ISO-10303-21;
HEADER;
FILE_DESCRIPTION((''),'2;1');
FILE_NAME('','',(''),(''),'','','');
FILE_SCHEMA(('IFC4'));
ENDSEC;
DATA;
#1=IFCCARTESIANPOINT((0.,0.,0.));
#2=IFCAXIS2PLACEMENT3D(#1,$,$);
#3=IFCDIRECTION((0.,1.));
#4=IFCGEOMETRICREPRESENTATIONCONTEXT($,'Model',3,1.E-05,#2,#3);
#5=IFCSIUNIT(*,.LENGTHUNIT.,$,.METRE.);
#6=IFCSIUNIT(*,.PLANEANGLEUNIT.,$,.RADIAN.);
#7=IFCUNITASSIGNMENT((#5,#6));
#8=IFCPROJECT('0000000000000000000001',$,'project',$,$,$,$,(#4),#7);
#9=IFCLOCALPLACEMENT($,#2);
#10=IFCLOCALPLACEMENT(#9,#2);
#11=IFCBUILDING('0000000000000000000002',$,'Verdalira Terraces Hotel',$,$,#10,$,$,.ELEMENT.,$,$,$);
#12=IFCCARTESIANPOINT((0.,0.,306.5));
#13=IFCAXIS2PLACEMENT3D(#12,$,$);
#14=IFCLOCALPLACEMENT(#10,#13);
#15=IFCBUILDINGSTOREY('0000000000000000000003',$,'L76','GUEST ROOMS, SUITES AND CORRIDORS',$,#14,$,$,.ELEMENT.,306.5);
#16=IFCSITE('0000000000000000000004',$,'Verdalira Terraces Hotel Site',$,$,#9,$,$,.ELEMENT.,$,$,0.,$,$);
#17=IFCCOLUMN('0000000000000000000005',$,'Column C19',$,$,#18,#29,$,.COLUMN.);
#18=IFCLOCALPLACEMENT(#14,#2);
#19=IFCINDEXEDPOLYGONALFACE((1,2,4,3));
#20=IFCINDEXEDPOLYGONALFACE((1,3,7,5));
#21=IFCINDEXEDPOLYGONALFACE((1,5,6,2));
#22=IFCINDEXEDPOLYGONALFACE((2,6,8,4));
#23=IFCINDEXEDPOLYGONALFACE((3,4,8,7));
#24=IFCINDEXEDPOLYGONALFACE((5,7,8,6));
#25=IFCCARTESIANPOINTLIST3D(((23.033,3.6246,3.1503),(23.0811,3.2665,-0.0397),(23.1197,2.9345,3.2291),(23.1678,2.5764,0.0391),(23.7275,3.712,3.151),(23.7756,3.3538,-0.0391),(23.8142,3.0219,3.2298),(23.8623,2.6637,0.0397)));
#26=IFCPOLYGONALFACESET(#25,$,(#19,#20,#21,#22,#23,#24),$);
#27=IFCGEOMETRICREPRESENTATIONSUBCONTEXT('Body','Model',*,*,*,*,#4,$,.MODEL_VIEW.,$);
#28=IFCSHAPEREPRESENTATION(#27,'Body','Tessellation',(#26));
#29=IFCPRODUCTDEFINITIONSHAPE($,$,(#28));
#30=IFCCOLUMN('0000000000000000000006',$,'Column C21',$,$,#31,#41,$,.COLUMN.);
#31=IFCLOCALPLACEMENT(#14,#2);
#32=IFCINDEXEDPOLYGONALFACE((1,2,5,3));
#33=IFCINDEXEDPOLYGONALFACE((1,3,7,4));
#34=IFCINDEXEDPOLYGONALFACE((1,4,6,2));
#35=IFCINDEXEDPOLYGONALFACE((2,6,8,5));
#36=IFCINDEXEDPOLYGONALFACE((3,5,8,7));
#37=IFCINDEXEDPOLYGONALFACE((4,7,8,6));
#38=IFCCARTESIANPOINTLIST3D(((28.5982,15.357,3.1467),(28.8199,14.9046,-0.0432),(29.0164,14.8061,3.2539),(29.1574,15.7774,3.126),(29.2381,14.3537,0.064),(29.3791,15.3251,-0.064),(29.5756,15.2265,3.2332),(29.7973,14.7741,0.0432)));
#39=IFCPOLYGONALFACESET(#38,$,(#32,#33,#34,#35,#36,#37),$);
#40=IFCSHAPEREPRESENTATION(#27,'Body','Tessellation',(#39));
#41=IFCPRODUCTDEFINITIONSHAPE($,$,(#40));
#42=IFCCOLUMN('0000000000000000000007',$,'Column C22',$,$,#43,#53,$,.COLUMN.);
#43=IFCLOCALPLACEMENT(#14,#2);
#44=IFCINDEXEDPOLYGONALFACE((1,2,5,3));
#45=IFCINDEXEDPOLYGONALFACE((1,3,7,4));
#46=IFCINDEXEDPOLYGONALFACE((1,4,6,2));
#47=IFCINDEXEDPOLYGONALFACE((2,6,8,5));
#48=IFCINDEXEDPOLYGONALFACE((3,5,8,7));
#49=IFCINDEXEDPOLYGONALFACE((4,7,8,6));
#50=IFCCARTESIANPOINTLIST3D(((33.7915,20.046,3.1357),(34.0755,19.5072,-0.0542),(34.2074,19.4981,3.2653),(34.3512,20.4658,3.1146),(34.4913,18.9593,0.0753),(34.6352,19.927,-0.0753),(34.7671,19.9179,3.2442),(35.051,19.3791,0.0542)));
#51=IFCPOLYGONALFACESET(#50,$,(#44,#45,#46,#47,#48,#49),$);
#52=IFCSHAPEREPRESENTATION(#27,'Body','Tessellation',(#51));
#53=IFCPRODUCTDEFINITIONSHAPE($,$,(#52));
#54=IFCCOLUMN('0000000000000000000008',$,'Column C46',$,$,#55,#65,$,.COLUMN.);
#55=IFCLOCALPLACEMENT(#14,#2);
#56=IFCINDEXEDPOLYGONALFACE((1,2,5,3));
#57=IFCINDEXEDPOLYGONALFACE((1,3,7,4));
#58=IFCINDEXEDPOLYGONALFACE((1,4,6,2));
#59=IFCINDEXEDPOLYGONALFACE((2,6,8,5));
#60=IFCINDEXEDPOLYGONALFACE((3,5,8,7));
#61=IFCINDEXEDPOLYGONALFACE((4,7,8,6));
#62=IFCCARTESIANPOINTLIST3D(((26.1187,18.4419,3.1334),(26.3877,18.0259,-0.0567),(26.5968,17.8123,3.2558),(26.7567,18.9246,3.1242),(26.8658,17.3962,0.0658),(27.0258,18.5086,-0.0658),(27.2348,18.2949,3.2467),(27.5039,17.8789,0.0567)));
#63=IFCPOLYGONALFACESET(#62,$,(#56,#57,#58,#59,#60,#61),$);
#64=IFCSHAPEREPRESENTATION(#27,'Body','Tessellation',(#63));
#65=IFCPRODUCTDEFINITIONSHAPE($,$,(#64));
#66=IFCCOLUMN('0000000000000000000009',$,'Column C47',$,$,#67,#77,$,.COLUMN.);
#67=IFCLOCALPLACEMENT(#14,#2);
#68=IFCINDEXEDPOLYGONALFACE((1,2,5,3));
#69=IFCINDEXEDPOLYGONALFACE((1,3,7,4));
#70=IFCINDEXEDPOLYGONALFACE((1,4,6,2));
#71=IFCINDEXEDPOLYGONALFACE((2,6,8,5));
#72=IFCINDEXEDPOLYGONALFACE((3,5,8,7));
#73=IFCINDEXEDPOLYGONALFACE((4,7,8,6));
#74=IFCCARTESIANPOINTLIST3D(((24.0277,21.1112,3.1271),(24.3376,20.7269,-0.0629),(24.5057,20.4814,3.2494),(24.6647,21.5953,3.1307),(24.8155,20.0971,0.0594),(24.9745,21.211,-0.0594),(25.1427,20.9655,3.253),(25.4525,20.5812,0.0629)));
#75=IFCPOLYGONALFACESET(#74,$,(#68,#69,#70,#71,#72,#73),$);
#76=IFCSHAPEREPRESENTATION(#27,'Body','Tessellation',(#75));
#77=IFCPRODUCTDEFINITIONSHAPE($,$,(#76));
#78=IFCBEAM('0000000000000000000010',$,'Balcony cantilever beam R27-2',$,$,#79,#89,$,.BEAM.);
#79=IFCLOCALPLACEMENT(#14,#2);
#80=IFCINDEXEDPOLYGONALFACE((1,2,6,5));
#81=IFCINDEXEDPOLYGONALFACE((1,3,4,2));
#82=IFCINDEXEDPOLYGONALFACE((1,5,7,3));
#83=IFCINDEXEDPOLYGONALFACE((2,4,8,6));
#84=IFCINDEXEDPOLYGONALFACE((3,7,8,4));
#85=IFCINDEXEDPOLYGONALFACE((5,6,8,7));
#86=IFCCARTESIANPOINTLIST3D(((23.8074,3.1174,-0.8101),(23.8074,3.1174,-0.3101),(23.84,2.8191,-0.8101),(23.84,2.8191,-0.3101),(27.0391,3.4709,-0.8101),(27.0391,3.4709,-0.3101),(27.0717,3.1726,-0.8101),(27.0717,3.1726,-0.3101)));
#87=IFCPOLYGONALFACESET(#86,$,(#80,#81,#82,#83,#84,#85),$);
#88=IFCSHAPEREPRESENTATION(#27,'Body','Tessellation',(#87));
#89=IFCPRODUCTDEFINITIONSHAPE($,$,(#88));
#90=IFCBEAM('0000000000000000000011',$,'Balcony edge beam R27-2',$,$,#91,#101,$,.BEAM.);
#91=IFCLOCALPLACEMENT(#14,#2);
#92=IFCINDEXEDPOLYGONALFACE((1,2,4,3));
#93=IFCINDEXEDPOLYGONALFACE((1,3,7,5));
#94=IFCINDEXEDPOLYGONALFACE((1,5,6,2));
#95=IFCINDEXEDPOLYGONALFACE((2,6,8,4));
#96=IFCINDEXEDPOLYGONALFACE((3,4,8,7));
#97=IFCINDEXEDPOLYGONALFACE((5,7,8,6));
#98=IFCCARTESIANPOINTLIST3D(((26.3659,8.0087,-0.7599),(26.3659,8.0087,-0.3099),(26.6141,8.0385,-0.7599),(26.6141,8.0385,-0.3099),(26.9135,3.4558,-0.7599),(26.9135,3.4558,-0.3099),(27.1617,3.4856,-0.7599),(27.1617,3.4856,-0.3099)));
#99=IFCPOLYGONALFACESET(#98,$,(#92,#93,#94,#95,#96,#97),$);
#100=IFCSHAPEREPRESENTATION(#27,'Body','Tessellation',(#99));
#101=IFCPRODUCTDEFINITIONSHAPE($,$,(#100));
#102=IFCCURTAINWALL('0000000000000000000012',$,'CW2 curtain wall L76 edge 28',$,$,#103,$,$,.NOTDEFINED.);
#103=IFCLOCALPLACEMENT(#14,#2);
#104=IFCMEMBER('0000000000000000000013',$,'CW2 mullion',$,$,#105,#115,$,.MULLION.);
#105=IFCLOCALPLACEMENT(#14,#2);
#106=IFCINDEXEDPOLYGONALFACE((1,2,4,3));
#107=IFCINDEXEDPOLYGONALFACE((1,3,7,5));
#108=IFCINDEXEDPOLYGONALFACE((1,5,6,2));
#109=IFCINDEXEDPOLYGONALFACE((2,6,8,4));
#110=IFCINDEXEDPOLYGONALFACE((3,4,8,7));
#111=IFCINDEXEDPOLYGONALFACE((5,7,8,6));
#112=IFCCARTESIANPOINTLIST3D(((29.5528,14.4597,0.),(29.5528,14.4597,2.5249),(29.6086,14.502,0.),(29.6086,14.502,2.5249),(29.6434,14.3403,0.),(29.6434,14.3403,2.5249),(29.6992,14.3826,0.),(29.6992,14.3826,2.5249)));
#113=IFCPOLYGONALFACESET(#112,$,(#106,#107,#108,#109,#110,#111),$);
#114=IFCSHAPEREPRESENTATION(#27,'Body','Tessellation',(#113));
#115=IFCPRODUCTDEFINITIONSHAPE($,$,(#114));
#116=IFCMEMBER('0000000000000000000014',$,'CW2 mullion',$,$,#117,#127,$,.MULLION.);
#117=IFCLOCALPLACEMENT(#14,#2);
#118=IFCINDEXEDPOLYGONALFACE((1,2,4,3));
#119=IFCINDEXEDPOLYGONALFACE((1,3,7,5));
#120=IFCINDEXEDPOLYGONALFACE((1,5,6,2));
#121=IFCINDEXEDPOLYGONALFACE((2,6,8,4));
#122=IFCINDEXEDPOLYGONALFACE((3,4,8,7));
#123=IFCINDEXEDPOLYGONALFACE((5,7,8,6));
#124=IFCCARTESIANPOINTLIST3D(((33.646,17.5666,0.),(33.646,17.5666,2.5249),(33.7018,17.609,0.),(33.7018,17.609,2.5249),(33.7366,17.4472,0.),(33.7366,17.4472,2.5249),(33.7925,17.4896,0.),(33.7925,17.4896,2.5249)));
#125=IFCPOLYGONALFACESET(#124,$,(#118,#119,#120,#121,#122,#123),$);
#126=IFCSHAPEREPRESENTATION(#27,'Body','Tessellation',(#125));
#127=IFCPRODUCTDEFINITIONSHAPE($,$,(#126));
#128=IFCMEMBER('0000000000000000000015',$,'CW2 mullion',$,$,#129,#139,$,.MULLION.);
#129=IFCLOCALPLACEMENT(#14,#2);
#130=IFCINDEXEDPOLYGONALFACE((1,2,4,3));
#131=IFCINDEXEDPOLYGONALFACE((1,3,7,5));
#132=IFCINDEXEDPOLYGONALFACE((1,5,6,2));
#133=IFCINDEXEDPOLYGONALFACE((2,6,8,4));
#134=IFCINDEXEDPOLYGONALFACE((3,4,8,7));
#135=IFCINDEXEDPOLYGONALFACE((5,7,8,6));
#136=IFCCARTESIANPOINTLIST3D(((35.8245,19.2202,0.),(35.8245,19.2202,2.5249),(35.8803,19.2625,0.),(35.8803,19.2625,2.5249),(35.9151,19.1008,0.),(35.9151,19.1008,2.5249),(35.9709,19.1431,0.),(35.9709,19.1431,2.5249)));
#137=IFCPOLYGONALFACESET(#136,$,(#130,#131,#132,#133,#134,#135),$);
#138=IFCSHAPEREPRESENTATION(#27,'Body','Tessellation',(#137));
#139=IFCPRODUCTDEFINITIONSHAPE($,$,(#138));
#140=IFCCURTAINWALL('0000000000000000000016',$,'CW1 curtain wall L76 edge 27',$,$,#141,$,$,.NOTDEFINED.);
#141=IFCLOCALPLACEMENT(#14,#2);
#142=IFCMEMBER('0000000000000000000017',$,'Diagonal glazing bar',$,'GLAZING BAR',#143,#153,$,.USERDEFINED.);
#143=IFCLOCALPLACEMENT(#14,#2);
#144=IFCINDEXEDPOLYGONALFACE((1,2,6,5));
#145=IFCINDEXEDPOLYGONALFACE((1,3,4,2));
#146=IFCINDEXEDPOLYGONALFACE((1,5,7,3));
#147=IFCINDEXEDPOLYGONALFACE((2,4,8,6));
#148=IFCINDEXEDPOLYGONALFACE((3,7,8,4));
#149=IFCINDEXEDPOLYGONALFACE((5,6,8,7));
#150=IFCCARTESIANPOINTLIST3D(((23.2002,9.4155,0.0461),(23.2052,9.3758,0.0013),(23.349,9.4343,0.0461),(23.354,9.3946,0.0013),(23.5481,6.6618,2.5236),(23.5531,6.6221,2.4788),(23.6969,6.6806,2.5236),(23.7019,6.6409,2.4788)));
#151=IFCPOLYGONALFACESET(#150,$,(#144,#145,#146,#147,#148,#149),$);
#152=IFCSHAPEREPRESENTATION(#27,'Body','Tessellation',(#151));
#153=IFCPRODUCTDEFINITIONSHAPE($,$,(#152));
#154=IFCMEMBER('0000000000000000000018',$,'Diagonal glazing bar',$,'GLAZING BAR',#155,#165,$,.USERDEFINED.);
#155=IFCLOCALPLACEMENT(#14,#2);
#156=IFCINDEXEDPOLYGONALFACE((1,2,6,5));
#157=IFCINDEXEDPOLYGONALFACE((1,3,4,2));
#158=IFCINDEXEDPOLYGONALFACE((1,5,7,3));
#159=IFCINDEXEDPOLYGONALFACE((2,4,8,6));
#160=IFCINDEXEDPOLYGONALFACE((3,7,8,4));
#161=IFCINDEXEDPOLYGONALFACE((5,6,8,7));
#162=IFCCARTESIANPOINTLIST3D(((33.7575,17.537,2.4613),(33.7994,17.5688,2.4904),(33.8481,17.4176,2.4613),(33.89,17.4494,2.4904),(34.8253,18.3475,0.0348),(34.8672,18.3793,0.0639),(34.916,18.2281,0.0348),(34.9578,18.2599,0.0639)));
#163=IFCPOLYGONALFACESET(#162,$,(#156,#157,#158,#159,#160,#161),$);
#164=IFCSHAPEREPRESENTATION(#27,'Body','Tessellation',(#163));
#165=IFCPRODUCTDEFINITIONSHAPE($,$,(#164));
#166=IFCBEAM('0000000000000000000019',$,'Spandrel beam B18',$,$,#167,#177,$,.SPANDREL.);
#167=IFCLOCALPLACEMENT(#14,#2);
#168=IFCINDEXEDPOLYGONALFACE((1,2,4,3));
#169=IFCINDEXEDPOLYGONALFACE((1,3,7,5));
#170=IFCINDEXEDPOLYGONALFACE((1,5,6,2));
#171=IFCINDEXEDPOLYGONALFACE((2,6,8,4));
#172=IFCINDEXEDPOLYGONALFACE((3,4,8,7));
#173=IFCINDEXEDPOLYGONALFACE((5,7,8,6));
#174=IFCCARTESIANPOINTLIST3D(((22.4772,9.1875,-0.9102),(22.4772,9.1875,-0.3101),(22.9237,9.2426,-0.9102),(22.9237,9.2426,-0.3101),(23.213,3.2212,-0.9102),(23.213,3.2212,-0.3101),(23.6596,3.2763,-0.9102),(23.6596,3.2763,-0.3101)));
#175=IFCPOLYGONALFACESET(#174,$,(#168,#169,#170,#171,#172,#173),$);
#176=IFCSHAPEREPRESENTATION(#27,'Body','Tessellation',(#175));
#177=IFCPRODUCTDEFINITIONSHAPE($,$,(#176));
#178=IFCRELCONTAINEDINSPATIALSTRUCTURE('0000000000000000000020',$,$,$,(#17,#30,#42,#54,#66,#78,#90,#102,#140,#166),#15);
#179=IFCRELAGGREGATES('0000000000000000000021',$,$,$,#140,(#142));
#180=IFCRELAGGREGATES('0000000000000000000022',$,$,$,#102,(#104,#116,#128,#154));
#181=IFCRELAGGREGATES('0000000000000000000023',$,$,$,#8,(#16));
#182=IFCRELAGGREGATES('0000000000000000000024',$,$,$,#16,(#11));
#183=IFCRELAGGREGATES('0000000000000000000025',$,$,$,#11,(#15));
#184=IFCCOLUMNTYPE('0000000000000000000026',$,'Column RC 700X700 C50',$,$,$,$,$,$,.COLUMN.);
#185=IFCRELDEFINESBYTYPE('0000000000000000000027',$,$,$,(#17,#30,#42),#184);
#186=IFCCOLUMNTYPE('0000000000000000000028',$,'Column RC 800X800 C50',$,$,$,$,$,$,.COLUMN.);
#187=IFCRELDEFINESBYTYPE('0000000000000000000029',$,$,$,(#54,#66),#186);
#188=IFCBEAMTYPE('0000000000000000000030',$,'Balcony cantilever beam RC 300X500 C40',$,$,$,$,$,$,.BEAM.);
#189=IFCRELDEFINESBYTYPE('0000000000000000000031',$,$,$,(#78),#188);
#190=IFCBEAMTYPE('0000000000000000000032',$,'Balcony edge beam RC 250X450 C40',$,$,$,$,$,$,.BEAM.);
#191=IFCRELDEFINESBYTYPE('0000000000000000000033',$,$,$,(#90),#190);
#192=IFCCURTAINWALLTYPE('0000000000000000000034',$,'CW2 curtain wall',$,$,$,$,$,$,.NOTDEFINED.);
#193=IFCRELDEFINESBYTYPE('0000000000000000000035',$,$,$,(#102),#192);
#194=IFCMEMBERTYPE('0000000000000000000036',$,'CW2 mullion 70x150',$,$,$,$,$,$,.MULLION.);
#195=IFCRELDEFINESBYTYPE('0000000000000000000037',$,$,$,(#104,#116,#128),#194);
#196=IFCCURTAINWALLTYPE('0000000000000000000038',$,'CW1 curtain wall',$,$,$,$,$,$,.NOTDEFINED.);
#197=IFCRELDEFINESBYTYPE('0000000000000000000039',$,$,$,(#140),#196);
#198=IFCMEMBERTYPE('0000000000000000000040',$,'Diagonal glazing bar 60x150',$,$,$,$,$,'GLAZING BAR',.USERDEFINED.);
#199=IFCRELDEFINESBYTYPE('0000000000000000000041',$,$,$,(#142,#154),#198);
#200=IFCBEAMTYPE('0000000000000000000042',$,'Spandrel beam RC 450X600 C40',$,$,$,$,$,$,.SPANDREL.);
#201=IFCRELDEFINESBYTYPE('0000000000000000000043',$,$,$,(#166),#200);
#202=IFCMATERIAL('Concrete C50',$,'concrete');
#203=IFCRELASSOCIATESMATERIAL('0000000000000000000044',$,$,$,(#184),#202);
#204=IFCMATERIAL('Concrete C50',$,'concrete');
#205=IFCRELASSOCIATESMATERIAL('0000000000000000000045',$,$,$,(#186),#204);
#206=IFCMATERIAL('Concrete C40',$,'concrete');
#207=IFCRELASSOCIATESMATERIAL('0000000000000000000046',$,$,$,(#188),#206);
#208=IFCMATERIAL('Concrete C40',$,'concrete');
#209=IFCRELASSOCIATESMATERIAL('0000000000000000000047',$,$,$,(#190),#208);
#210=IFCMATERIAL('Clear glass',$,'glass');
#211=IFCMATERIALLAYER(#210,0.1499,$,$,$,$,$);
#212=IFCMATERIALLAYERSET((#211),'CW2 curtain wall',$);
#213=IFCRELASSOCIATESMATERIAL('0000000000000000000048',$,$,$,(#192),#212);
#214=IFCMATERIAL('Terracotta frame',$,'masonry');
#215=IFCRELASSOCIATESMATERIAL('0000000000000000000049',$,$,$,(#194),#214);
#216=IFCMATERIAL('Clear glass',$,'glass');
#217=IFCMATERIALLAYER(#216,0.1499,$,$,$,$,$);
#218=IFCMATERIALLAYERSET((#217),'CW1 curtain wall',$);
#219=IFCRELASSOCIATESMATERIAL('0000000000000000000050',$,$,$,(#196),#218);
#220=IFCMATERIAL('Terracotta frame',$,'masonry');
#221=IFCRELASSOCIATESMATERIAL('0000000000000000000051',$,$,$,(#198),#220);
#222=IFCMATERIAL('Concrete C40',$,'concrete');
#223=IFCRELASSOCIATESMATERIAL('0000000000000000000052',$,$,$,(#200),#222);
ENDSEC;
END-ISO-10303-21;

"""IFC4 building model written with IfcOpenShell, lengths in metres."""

from ifc_helpers import new_model, si_unit, direction, frame, origin, origin_2d, place, context, subcontext, project, spatial, rectangle, extrude, material, layer, layer_set, material_profile, profile_set, type_object, element, aggregate, save


model = new_model("IFC4")

# Units and contexts
model_context = context("Model", 3, precision=1e-05, world=origin(), true_north=direction((0.0, 1.0)))
body_context = subcontext(model_context, "Body", "Model", "MODEL_VIEW")
ifc_project = project(units=[si_unit("LENGTHUNIT", "METRE"), si_unit("PLANEANGLEUNIT", "RADIAN")], contexts=[model_context])

# Site, building, storey
site_placement = place(None, origin())
site = spatial("IfcSite", under=ifc_project, at=site_placement, Name="Verdalira Terraces Hotel Site", CompositionType="ELEMENT", RefElevation=0.0)
building_placement = place(site_placement, origin())
building = spatial("IfcBuilding", under=site, at=building_placement, Name="Verdalira Terraces Hotel", CompositionType="ELEMENT")
storey_placement = place(building_placement, frame((0.0, 0.0, 306.5)))
storey = spatial("IfcBuildingStorey", under=building, at=storey_placement, Name="L76", Description="GUEST ROOMS, SUITES AND CORRIDORS", CompositionType="ELEMENT", Elevation=306.5)

# Columns
ifc_material_1 = material(Name="Concrete C50", Category="concrete")
ifc_material_profile_1 = material_profile(ifc_material_1, rectangle(XDim=0.7, YDim=0.7, at=origin_2d()), Name="RC 700X700")
ifc_profile_set_1 = profile_set([ifc_material_profile_1], Name="Concrete C50")
column_type_1 = type_object("IfcColumnType", Name="Column RC 700X700 C50", PredefinedType="COLUMN", material=ifc_profile_set_1)
column_1_placement = place(storey_placement, frame((23.4717, 2.9651, 0.0), z_axis=(-0.014981, 0.111563, 0.993644), x_axis=(-0.123886, 0.985892, -0.11256)))
element("IfcColumn", 1, at=column_1_placement, inside=storey, type_object=column_type_1, Name="Column C19", PredefinedType="COLUMN", context=body_context, shape_type="SweptSolid", body=[
    extrude(rectangle(XDim=0.7, YDim=0.7, at=origin_2d()), origin(), (0.0, 0.0, 1.0), 3.2104),
])
column_2_placement = place(storey_placement, frame((29.3086, 14.8394, 0.0), z_axis=(-0.068643, 0.140082, 0.987758), x_axis=(0.798936, 0.600684, -0.029667)))
element("IfcColumn", 2, at=column_2_placement, inside=storey, type_object=column_type_1, Name="Column C21", PredefinedType="COLUMN", context=body_context, shape_type="SweptSolid", body=[
    extrude(rectangle(XDim=0.7, YDim=0.7, at=origin_2d()), origin(), (0.0, 0.0, 1.0), 3.2295),
])
column_3_placement = place(storey_placement, frame((34.5632, 19.4431, 0.0), z_axis=(-0.08743, 0.165915, 0.982257), x_axis=(0.799613, 0.599759, -0.030133)))
element("IfcColumn", 3, at=column_3_placement, inside=storey, type_object=column_type_1, Name="Column C22", PredefinedType="COLUMN", context=body_context, shape_type="SweptSolid", body=[
    extrude(rectangle(XDim=0.7, YDim=0.7, at=origin_2d()), origin(), (0.0, 0.0, 1.0), 3.2476),
])
ifc_material_2 = material(Name="Concrete C50", Category="concrete")
ifc_material_profile_2 = material_profile(ifc_material_2, rectangle(XDim=0.8, YDim=0.8, at=origin_2d()), Name="RC 800X800")
ifc_profile_set_2 = profile_set([ifc_material_profile_2], Name="Concrete C50")
column_type_2 = type_object("IfcColumnType", Name="Column RC 800X800 C50", PredefinedType="COLUMN", material=ifc_profile_set_2)
column_4_placement = place(storey_placement, frame((26.9458, 17.9524, 0.0), z_axis=(-0.083342, 0.12887, 0.988153), x_axis=(0.79746, 0.603264, -0.011416)))
element("IfcColumn", 4, at=column_4_placement, inside=storey, type_object=column_type_2, Name="Column C46", PredefinedType="COLUMN", context=body_context, shape_type="SweptSolid", body=[
    extrude(rectangle(XDim=0.8, YDim=0.8, at=origin_2d()), origin(), (0.0, 0.0, 1.0), 3.2283),
])
column_5_placement = place(storey_placement, frame((24.895, 20.6541, 0.0), z_axis=(-0.09598, 0.119048, 0.988238), x_axis=(0.796182, 0.605041, 0.004441)))
element("IfcColumn", 5, at=column_5_placement, inside=storey, type_object=column_type_2, Name="Column C47", PredefinedType="COLUMN", context=body_context, shape_type="SweptSolid", body=[
    extrude(rectangle(XDim=0.8, YDim=0.8, at=origin_2d()), origin(), (0.0, 0.0, 1.0), 3.228),
])

# Beams
ifc_material_3 = material(Name="Concrete C40", Category="concrete")
ifc_material_profile_3 = material_profile(ifc_material_3, rectangle(XDim=0.3, YDim=0.5, at=origin_2d()), Name="RC 300X500")
ifc_profile_set_3 = profile_set([ifc_material_profile_3], Name="Concrete C40")
beam_type_1 = type_object("IfcBeamType", Name="Balcony cantilever beam RC 300X500 C40", PredefinedType="BEAM", material=ifc_profile_set_3)
beam_1_placement = place(storey_placement, frame((23.8237, 2.9683, -0.5601), z_axis=(0.99407, 0.108742, 0.0), x_axis=(-0.108742, 0.99407, 0.0)))
element("IfcBeam", 6, at=beam_1_placement, inside=storey, type_object=beam_type_1, Name="Balcony cantilever beam R27-2", PredefinedType="BEAM", context=body_context, shape_type="SweptSolid", body=[
    extrude(rectangle(XDim=0.3, YDim=0.5, at=origin_2d()), origin(), (0.0, 0.0, 1.0), 3.251),
])
ifc_material_4 = material(Name="Concrete C40", Category="concrete")
ifc_material_profile_4 = material_profile(ifc_material_4, rectangle(XDim=0.25, YDim=0.45, at=origin_2d()), Name="RC 250X450")
ifc_profile_set_4 = profile_set([ifc_material_profile_4], Name="Concrete C40")
beam_type_2 = type_object("IfcBeamType", Name="Balcony edge beam RC 250X450 C40", PredefinedType="BEAM", material=ifc_profile_set_4)
beam_2_placement = place(storey_placement, frame((27.0376, 3.4707, -0.5349), z_axis=(-0.119414, 0.992845, 0.0), x_axis=(-0.992845, -0.119414, 0.0)))
element("IfcBeam", 7, at=beam_2_placement, inside=storey, type_object=beam_type_2, Name="Balcony edge beam R27-2", PredefinedType="BEAM", context=body_context, shape_type="SweptSolid", body=[
    extrude(rectangle(XDim=0.25, YDim=0.45, at=origin_2d()), origin(), (0.0, 0.0, 1.0), 4.5857),
])

# Curtain wall, members
ifc_material_5 = material(Name="Clear glass", Category="glass")
ifc_layer_1 = layer(ifc_material_5, 0.1499)
ifc_layer_set_1 = layer_set([ifc_layer_1], Name="CW2 curtain wall")
curtain_wall_type_1 = type_object("IfcCurtainWallType", Name="CW2 curtain wall", PredefinedType="NOTDEFINED", material=ifc_layer_set_1)
curtain_wall_1_placement = place(storey_placement, origin())
curtain_wall_1 = element("IfcCurtainWall", 8, at=curtain_wall_1_placement, inside=storey, type_object=curtain_wall_type_1, Name="CW2 curtain wall L76 edge 28", PredefinedType="NOTDEFINED")
ifc_material_6 = material(Name="Terracotta frame", Category="masonry")
ifc_material_profile_5 = material_profile(ifc_material_6, rectangle(XDim=0.0701, YDim=0.1499, at=origin_2d()), Name="MU 70x150")
ifc_profile_set_5 = profile_set([ifc_material_profile_5], Name="Terracotta frame")
member_type_1 = type_object("IfcMemberType", Name="CW2 mullion 70x150", PredefinedType="MULLION", material=ifc_profile_set_5)
member_1_placement = place(storey_placement, frame((29.626, 14.4211, 0.0), z_axis=(0.0, 0.0, 1.0), x_axis=(0.79653, 0.604599, 0.0)))
member_1 = element("IfcMember", 9, at=member_1_placement, type_object=member_type_1, Name="CW2 mullion", PredefinedType="MULLION", context=body_context, shape_type="SweptSolid", body=[
    extrude(rectangle(XDim=0.0701, YDim=0.1499, at=origin_2d()), origin(), (0.0, 0.0, 1.0), 2.5249),
])
member_2_placement = place(storey_placement, frame((33.7192, 17.5281, 0.0), z_axis=(0.0, 0.0, 1.0), x_axis=(0.79653, 0.604599, 0.0)))
member_2 = element("IfcMember", 10, at=member_2_placement, type_object=member_type_1, Name="CW2 mullion", PredefinedType="MULLION", context=body_context, shape_type="SweptSolid", body=[
    extrude(rectangle(XDim=0.0701, YDim=0.1499, at=origin_2d()), origin(), (0.0, 0.0, 1.0), 2.5249),
])
member_3_placement = place(storey_placement, frame((35.8977, 19.1816, 0.0), z_axis=(0.0, 0.0, 1.0), x_axis=(0.79653, 0.604599, 0.0)))
member_3 = element("IfcMember", 11, at=member_3_placement, type_object=member_type_1, Name="CW2 mullion", PredefinedType="MULLION", context=body_context, shape_type="SweptSolid", body=[
    extrude(rectangle(XDim=0.0701, YDim=0.1499, at=origin_2d()), origin(), (0.0, 0.0, 1.0), 2.5249),
])

# Curtain wall, member
ifc_material_7 = material(Name="Clear glass", Category="glass")
ifc_layer_2 = layer(ifc_material_7, 0.1499)
ifc_layer_set_2 = layer_set([ifc_layer_2], Name="CW1 curtain wall")
curtain_wall_type_2 = type_object("IfcCurtainWallType", Name="CW1 curtain wall", PredefinedType="NOTDEFINED", material=ifc_layer_set_2)
curtain_wall_2_placement = place(storey_placement, origin())
curtain_wall_2 = element("IfcCurtainWall", 12, at=curtain_wall_2_placement, inside=storey, type_object=curtain_wall_type_2, Name="CW1 curtain wall L76 edge 27", PredefinedType="NOTDEFINED")
ifc_material_8 = material(Name="Terracotta frame", Category="masonry")
ifc_material_profile_6 = material_profile(ifc_material_8, rectangle(XDim=0.1499, YDim=0.0601, at=origin_2d()), Name="GB 60x150")
ifc_profile_set_6 = profile_set([ifc_material_profile_6], Name="Terracotta frame")
member_type_2 = type_object("IfcMemberType", Name="Diagonal glazing bar 60x150", ElementType="GLAZING BAR", PredefinedType="USERDEFINED", material=ifc_profile_set_6)
member_4_placement = place(storey_placement, frame((23.625, 6.6514, 2.5012), z_axis=(-0.09351, 0.740138, -0.665921), x_axis=(-0.992113, -0.125345, 0.0)))
member_4 = element("IfcMember", 13, at=member_4_placement, type_object=member_type_2, Name="Diagonal glazing bar", ObjectType="GLAZING BAR", PredefinedType="USERDEFINED", context=body_context, shape_type="SweptSolid", body=[
    extrude(rectangle(XDim=0.1499, YDim=0.0601, at=origin_2d()), origin(), (0.0, 0.0, 1.0), 3.7205),
])

# Member
member_5_placement = place(storey_placement, frame((33.8237, 17.4932, 2.4758), z_axis=(0.385202, 0.29238, -0.875291), x_axis=(-0.604594, 0.796534, 0.0)))
member_5 = element("IfcMember", 14, at=member_5_placement, type_object=member_type_2, Name="Diagonal glazing bar", ObjectType="GLAZING BAR", PredefinedType="USERDEFINED", context=body_context, shape_type="SweptSolid", body=[
    extrude(rectangle(XDim=0.1499, YDim=0.0601, at=origin_2d()), origin(), (0.0, 0.0, 1.0), 2.7722),
])

# Beam
ifc_material_9 = material(Name="Concrete C40", Category="concrete")
ifc_material_profile_7 = material_profile(ifc_material_9, rectangle(XDim=0.45, YDim=0.6001, at=origin_2d()), Name="RC 450X600")
ifc_profile_set_7 = profile_set([ifc_material_profile_7], Name="Concrete C40")
beam_type_3 = type_object("IfcBeamType", Name="Spandrel beam RC 450X600 C40", PredefinedType="SPANDREL", material=ifc_profile_set_7)
beam_3_placement = place(storey_placement, frame((23.4363, 3.2488, -0.6101), z_axis=(-0.122405, 0.99248, 0.0), x_axis=(-0.99248, -0.122405, 0.0)))
element("IfcBeam", 15, at=beam_3_placement, inside=storey, type_object=beam_type_3, Name="Spandrel beam B18", PredefinedType="SPANDREL", context=body_context, shape_type="SweptSolid", body=[
    extrude(rectangle(XDim=0.45, YDim=0.6001, at=origin_2d()), origin(), (0.0, 0.0, 1.0), 6.0115),
])

aggregate(curtain_wall_2, [member_4])
aggregate(curtain_wall_1, [member_1, member_2, member_3, member_5])

save(model, "model.ifc")
